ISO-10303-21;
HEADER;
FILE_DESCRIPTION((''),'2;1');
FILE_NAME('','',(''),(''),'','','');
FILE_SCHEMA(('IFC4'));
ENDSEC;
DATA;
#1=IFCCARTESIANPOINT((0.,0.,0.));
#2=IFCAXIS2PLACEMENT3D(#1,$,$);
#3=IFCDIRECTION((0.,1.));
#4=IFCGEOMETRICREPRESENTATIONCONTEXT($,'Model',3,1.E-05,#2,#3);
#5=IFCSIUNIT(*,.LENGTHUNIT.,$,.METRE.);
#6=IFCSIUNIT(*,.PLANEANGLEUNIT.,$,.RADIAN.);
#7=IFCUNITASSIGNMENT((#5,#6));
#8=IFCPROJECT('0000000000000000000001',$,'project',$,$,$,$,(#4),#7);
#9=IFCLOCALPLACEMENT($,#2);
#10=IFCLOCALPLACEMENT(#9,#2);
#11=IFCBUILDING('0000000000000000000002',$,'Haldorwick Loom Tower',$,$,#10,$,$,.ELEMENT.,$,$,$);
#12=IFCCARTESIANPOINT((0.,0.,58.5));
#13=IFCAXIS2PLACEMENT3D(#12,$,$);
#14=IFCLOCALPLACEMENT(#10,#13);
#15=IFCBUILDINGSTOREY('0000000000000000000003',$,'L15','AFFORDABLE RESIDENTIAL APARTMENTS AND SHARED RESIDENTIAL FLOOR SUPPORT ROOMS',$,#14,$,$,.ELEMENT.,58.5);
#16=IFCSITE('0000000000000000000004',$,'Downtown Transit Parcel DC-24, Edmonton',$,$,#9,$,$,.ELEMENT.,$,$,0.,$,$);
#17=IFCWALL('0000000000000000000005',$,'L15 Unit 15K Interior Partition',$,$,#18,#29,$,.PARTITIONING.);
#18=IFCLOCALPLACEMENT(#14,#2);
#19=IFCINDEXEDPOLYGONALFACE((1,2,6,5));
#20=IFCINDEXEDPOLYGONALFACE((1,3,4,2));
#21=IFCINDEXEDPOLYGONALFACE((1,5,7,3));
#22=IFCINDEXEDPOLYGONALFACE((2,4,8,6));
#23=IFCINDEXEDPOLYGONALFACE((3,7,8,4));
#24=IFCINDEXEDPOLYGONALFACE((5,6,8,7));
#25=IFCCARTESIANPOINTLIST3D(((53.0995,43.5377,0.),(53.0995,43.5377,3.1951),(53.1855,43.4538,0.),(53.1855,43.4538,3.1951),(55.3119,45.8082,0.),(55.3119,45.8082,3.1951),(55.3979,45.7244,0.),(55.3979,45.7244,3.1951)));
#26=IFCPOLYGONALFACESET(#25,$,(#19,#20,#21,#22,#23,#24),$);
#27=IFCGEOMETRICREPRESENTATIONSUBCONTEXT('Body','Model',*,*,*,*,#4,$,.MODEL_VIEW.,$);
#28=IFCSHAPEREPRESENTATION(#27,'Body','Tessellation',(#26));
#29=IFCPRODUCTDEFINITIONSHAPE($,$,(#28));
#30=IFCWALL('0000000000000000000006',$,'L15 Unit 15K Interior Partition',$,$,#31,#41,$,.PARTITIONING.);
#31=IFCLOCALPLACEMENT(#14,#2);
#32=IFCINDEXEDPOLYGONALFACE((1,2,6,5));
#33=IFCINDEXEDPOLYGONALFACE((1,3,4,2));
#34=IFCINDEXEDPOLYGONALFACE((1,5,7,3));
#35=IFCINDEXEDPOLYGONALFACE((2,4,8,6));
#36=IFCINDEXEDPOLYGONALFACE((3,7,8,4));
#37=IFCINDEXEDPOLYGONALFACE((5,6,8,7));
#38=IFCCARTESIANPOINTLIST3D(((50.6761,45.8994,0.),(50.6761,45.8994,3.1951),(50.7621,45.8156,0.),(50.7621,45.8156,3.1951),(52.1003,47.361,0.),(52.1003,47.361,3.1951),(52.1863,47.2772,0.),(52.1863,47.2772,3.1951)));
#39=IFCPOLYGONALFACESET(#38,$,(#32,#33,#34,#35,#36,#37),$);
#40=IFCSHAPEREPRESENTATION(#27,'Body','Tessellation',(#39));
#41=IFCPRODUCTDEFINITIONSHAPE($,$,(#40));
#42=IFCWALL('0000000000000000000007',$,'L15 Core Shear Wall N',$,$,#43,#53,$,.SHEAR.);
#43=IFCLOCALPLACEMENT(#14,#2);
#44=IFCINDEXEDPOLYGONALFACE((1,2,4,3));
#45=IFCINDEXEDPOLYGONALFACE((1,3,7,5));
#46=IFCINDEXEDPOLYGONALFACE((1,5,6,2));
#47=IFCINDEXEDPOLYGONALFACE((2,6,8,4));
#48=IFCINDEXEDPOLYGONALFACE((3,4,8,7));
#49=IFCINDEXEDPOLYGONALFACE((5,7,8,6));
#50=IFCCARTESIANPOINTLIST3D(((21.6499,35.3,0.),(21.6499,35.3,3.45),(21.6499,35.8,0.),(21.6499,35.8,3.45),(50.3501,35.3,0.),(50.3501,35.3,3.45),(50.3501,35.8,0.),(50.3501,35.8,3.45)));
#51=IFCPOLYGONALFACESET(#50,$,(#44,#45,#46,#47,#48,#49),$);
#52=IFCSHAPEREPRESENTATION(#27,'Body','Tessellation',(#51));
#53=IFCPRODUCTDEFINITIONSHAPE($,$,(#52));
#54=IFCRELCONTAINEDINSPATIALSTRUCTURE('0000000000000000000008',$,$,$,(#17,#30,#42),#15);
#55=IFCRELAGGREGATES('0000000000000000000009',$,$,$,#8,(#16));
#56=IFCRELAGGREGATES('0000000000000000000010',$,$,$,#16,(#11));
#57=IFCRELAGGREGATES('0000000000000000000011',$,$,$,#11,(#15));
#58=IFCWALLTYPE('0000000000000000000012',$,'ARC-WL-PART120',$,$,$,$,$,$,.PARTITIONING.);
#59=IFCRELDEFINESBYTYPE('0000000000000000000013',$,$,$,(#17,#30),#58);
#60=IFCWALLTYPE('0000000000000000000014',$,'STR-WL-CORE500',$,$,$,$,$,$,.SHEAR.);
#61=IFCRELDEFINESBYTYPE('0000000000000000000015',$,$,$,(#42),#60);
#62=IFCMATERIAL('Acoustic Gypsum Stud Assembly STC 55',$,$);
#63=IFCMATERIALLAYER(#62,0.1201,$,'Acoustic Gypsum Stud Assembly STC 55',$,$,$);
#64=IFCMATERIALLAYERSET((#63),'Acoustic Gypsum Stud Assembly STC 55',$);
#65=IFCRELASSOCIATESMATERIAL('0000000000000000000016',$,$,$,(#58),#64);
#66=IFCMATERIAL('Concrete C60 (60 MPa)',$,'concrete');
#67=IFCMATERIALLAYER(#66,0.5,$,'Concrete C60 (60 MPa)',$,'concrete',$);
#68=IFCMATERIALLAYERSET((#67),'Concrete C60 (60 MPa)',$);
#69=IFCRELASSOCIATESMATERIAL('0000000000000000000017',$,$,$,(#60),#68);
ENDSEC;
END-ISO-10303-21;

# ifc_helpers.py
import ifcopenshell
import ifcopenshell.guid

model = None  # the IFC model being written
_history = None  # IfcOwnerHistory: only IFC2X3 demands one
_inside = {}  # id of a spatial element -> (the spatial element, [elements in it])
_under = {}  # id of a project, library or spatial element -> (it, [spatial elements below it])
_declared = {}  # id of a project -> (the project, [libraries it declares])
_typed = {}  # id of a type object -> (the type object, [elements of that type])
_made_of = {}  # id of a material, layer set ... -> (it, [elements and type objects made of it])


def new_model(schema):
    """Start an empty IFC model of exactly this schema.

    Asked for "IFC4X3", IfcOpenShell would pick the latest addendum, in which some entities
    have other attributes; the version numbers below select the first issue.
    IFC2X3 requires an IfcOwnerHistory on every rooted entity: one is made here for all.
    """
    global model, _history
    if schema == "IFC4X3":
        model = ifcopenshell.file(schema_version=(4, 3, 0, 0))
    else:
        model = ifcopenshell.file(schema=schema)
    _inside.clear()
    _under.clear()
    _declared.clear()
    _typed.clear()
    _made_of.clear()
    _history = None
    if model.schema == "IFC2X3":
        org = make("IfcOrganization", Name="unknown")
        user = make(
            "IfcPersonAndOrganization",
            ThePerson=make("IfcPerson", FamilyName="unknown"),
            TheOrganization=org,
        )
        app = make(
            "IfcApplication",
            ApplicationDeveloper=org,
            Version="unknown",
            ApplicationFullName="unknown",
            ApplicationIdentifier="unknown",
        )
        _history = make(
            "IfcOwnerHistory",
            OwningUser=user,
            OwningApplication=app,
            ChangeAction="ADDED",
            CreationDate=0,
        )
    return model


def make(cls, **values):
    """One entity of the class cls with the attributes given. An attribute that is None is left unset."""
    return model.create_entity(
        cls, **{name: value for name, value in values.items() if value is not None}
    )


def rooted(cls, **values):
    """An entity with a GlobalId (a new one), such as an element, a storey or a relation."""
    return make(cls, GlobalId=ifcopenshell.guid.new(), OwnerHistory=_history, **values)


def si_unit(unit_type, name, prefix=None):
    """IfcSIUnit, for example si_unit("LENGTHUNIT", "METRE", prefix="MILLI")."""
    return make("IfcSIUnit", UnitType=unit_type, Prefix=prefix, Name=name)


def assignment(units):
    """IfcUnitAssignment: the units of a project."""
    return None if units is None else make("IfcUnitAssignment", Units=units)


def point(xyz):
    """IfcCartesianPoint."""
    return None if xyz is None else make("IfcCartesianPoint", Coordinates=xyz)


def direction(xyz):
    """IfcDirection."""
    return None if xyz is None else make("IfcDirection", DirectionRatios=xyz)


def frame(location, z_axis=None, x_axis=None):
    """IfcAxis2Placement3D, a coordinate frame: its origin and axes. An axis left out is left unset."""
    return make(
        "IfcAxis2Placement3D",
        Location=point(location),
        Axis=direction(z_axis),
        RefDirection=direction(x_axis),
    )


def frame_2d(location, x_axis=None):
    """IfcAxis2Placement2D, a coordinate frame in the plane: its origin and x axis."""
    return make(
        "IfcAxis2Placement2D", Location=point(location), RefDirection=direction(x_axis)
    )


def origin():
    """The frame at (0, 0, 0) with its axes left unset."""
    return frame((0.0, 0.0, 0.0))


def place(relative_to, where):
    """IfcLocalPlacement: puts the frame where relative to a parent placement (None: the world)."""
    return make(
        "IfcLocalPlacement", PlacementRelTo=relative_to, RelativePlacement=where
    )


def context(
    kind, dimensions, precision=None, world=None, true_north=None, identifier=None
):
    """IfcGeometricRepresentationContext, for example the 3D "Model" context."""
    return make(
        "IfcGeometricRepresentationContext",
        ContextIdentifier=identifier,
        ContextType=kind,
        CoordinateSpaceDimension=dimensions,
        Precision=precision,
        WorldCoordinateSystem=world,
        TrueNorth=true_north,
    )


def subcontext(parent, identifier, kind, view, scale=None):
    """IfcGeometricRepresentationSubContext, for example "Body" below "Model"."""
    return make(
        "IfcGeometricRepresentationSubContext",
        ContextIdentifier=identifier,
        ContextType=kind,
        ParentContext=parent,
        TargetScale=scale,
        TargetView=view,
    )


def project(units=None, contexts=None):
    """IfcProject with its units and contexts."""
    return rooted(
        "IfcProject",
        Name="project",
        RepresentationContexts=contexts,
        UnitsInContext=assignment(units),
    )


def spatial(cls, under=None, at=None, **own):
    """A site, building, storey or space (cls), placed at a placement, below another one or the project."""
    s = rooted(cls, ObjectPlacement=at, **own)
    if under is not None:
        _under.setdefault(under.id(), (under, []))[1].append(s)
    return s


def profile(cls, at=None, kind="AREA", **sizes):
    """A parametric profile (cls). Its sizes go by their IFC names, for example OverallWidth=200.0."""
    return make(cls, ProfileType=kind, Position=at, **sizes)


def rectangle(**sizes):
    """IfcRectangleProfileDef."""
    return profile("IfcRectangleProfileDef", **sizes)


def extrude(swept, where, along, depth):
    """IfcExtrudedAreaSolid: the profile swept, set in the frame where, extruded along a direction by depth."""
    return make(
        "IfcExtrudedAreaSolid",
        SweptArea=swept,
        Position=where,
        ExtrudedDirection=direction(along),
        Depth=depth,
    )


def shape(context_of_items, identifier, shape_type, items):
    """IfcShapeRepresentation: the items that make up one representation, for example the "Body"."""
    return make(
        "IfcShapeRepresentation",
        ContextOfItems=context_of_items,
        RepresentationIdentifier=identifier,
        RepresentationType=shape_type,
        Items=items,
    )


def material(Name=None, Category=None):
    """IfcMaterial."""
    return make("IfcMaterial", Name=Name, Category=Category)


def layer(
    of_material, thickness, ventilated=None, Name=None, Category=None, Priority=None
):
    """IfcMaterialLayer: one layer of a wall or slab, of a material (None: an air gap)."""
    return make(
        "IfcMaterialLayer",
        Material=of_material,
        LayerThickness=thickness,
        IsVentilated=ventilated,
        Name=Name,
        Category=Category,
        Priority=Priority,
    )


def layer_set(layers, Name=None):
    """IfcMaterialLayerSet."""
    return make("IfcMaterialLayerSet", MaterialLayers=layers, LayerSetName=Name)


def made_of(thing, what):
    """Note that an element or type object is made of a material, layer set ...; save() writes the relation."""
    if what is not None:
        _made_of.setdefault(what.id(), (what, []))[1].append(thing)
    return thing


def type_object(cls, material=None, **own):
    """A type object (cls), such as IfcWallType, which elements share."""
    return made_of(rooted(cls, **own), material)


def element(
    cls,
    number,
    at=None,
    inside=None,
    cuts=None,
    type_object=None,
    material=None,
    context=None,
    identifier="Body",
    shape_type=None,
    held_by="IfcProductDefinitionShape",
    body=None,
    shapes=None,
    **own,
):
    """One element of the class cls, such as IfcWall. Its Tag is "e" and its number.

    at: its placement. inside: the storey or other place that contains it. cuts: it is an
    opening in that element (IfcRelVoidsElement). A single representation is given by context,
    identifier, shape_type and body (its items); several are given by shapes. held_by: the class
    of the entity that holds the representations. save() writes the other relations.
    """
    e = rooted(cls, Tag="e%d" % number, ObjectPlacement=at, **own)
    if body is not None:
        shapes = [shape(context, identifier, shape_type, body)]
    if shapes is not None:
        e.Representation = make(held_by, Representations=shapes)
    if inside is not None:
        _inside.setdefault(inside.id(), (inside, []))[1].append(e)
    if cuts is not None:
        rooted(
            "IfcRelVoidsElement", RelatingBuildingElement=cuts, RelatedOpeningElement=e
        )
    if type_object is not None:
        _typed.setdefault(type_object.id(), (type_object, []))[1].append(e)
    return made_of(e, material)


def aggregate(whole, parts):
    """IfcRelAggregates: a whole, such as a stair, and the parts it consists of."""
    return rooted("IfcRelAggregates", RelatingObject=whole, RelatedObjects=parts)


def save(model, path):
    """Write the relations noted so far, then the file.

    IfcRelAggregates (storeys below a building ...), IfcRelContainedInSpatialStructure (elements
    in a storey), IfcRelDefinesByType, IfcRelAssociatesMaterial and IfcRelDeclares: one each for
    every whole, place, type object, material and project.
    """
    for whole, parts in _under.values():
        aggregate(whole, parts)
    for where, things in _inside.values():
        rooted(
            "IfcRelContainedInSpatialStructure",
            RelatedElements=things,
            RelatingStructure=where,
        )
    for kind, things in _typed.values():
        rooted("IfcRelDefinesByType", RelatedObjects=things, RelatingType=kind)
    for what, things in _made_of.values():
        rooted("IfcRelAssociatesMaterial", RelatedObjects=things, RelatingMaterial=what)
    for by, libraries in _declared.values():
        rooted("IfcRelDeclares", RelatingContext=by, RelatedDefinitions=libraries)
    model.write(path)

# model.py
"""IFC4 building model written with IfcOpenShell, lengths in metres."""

from ifc_helpers import new_model, si_unit, direction, frame, frame_2d, origin, place, context, subcontext, project, spatial, rectangle, extrude, material, layer, layer_set, type_object, element, save


model = new_model("IFC4")

# Units and contexts
model_context = context("Model", 3, precision=1e-05, world=origin(), true_north=direction((0.0, 1.0)))
body_context = subcontext(model_context, "Body", "Model", "MODEL_VIEW")
ifc_project = project(units=[si_unit("LENGTHUNIT", "METRE"), si_unit("PLANEANGLEUNIT", "RADIAN")], contexts=[model_context])

# Site, building, storey
site_placement = place(None, origin())
site = spatial("IfcSite", under=ifc_project, at=site_placement, Name="Downtown Transit Parcel DC-24, Edmonton", CompositionType="ELEMENT", RefElevation=0.0)
building_placement = place(site_placement, origin())
building = spatial("IfcBuilding", under=site, at=building_placement, Name="Haldorwick Loom Tower", CompositionType="ELEMENT")
storey_placement = place(building_placement, frame((0.0, 0.0, 58.5)))
storey = spatial("IfcBuildingStorey", under=building, at=storey_placement, Name="L15", Description="AFFORDABLE RESIDENTIAL APARTMENTS AND SHARED RESIDENTIAL FLOOR SUPPORT ROOMS", CompositionType="ELEMENT", Elevation=58.5)

# Shared definitions
ifc_material_1 = material(Name="Concrete C60 (60 MPa)", Category="concrete")

# Shared definitions
ifc_material_2 = material(Name="Acoustic Gypsum Stud Assembly STC 55")
ifc_layer_1 = layer(ifc_material_2, 0.1201, Name="Acoustic Gypsum Stud Assembly STC 55")
ifc_layer_set_1 = layer_set([ifc_layer_1], Name="Acoustic Gypsum Stud Assembly STC 55")
wall_type_1 = type_object("IfcWallType", Name="ARC-WL-PART120", PredefinedType="PARTITIONING", material=ifc_layer_set_1)

# Walls
wall_1_placement = place(storey_placement, frame((53.1426, 43.4958, 0.0), z_axis=(0.0, 0.0, 1.0), x_axis=(0.697883, 0.716212, 0.0)))
element("IfcWall", 1, at=wall_1_placement, inside=storey, type_object=wall_type_1, Name="L15 Unit 15K Interior Partition", PredefinedType="PARTITIONING", context=body_context, shape_type="SweptSolid", body=[
    extrude(rectangle(XDim=3.1702, YDim=0.1201, at=frame_2d((1.585, 0.0))), origin(), (0.0, 0.0, 1.0), 3.1951),
])
wall_2_placement = place(storey_placement, frame((50.719, 45.8574, 0.0), z_axis=(0.0, 0.0, 1.0), x_axis=(0.697896, 0.716199, 0.0)))
element("IfcWall", 2, at=wall_2_placement, inside=storey, type_object=wall_type_1, Name="L15 Unit 15K Interior Partition", PredefinedType="PARTITIONING", context=body_context, shape_type="SweptSolid", body=[
    extrude(rectangle(XDim=2.0408, YDim=0.1201, at=frame_2d((1.0205, 0.0))), origin(), (0.0, 0.0, 1.0), 3.1951),
])
ifc_layer_2 = layer(ifc_material_1, 0.5, Name="Concrete C60 (60 MPa)", Category="concrete")
ifc_layer_set_2 = layer_set([ifc_layer_2], Name="Concrete C60 (60 MPa)")
wall_type_2 = type_object("IfcWallType", Name="STR-WL-CORE500", PredefinedType="SHEAR", material=ifc_layer_set_2)
wall_3_placement = place(storey_placement, frame((50.3501, 35.55, 0.0), z_axis=(0.0, 0.0, 1.0), x_axis=(-1.0, 0.0, 0.0)))
element("IfcWall", 3, at=wall_3_placement, inside=storey, type_object=wall_type_2, Name="L15 Core Shear Wall N", PredefinedType="SHEAR", context=body_context, shape_type="SweptSolid", body=[
    extrude(rectangle(XDim=28.7002, YDim=0.5, at=frame_2d((14.3501, 0.0))), origin(), (0.0, 0.0, 1.0), 3.45),
])

save(model, "model.ifc")
